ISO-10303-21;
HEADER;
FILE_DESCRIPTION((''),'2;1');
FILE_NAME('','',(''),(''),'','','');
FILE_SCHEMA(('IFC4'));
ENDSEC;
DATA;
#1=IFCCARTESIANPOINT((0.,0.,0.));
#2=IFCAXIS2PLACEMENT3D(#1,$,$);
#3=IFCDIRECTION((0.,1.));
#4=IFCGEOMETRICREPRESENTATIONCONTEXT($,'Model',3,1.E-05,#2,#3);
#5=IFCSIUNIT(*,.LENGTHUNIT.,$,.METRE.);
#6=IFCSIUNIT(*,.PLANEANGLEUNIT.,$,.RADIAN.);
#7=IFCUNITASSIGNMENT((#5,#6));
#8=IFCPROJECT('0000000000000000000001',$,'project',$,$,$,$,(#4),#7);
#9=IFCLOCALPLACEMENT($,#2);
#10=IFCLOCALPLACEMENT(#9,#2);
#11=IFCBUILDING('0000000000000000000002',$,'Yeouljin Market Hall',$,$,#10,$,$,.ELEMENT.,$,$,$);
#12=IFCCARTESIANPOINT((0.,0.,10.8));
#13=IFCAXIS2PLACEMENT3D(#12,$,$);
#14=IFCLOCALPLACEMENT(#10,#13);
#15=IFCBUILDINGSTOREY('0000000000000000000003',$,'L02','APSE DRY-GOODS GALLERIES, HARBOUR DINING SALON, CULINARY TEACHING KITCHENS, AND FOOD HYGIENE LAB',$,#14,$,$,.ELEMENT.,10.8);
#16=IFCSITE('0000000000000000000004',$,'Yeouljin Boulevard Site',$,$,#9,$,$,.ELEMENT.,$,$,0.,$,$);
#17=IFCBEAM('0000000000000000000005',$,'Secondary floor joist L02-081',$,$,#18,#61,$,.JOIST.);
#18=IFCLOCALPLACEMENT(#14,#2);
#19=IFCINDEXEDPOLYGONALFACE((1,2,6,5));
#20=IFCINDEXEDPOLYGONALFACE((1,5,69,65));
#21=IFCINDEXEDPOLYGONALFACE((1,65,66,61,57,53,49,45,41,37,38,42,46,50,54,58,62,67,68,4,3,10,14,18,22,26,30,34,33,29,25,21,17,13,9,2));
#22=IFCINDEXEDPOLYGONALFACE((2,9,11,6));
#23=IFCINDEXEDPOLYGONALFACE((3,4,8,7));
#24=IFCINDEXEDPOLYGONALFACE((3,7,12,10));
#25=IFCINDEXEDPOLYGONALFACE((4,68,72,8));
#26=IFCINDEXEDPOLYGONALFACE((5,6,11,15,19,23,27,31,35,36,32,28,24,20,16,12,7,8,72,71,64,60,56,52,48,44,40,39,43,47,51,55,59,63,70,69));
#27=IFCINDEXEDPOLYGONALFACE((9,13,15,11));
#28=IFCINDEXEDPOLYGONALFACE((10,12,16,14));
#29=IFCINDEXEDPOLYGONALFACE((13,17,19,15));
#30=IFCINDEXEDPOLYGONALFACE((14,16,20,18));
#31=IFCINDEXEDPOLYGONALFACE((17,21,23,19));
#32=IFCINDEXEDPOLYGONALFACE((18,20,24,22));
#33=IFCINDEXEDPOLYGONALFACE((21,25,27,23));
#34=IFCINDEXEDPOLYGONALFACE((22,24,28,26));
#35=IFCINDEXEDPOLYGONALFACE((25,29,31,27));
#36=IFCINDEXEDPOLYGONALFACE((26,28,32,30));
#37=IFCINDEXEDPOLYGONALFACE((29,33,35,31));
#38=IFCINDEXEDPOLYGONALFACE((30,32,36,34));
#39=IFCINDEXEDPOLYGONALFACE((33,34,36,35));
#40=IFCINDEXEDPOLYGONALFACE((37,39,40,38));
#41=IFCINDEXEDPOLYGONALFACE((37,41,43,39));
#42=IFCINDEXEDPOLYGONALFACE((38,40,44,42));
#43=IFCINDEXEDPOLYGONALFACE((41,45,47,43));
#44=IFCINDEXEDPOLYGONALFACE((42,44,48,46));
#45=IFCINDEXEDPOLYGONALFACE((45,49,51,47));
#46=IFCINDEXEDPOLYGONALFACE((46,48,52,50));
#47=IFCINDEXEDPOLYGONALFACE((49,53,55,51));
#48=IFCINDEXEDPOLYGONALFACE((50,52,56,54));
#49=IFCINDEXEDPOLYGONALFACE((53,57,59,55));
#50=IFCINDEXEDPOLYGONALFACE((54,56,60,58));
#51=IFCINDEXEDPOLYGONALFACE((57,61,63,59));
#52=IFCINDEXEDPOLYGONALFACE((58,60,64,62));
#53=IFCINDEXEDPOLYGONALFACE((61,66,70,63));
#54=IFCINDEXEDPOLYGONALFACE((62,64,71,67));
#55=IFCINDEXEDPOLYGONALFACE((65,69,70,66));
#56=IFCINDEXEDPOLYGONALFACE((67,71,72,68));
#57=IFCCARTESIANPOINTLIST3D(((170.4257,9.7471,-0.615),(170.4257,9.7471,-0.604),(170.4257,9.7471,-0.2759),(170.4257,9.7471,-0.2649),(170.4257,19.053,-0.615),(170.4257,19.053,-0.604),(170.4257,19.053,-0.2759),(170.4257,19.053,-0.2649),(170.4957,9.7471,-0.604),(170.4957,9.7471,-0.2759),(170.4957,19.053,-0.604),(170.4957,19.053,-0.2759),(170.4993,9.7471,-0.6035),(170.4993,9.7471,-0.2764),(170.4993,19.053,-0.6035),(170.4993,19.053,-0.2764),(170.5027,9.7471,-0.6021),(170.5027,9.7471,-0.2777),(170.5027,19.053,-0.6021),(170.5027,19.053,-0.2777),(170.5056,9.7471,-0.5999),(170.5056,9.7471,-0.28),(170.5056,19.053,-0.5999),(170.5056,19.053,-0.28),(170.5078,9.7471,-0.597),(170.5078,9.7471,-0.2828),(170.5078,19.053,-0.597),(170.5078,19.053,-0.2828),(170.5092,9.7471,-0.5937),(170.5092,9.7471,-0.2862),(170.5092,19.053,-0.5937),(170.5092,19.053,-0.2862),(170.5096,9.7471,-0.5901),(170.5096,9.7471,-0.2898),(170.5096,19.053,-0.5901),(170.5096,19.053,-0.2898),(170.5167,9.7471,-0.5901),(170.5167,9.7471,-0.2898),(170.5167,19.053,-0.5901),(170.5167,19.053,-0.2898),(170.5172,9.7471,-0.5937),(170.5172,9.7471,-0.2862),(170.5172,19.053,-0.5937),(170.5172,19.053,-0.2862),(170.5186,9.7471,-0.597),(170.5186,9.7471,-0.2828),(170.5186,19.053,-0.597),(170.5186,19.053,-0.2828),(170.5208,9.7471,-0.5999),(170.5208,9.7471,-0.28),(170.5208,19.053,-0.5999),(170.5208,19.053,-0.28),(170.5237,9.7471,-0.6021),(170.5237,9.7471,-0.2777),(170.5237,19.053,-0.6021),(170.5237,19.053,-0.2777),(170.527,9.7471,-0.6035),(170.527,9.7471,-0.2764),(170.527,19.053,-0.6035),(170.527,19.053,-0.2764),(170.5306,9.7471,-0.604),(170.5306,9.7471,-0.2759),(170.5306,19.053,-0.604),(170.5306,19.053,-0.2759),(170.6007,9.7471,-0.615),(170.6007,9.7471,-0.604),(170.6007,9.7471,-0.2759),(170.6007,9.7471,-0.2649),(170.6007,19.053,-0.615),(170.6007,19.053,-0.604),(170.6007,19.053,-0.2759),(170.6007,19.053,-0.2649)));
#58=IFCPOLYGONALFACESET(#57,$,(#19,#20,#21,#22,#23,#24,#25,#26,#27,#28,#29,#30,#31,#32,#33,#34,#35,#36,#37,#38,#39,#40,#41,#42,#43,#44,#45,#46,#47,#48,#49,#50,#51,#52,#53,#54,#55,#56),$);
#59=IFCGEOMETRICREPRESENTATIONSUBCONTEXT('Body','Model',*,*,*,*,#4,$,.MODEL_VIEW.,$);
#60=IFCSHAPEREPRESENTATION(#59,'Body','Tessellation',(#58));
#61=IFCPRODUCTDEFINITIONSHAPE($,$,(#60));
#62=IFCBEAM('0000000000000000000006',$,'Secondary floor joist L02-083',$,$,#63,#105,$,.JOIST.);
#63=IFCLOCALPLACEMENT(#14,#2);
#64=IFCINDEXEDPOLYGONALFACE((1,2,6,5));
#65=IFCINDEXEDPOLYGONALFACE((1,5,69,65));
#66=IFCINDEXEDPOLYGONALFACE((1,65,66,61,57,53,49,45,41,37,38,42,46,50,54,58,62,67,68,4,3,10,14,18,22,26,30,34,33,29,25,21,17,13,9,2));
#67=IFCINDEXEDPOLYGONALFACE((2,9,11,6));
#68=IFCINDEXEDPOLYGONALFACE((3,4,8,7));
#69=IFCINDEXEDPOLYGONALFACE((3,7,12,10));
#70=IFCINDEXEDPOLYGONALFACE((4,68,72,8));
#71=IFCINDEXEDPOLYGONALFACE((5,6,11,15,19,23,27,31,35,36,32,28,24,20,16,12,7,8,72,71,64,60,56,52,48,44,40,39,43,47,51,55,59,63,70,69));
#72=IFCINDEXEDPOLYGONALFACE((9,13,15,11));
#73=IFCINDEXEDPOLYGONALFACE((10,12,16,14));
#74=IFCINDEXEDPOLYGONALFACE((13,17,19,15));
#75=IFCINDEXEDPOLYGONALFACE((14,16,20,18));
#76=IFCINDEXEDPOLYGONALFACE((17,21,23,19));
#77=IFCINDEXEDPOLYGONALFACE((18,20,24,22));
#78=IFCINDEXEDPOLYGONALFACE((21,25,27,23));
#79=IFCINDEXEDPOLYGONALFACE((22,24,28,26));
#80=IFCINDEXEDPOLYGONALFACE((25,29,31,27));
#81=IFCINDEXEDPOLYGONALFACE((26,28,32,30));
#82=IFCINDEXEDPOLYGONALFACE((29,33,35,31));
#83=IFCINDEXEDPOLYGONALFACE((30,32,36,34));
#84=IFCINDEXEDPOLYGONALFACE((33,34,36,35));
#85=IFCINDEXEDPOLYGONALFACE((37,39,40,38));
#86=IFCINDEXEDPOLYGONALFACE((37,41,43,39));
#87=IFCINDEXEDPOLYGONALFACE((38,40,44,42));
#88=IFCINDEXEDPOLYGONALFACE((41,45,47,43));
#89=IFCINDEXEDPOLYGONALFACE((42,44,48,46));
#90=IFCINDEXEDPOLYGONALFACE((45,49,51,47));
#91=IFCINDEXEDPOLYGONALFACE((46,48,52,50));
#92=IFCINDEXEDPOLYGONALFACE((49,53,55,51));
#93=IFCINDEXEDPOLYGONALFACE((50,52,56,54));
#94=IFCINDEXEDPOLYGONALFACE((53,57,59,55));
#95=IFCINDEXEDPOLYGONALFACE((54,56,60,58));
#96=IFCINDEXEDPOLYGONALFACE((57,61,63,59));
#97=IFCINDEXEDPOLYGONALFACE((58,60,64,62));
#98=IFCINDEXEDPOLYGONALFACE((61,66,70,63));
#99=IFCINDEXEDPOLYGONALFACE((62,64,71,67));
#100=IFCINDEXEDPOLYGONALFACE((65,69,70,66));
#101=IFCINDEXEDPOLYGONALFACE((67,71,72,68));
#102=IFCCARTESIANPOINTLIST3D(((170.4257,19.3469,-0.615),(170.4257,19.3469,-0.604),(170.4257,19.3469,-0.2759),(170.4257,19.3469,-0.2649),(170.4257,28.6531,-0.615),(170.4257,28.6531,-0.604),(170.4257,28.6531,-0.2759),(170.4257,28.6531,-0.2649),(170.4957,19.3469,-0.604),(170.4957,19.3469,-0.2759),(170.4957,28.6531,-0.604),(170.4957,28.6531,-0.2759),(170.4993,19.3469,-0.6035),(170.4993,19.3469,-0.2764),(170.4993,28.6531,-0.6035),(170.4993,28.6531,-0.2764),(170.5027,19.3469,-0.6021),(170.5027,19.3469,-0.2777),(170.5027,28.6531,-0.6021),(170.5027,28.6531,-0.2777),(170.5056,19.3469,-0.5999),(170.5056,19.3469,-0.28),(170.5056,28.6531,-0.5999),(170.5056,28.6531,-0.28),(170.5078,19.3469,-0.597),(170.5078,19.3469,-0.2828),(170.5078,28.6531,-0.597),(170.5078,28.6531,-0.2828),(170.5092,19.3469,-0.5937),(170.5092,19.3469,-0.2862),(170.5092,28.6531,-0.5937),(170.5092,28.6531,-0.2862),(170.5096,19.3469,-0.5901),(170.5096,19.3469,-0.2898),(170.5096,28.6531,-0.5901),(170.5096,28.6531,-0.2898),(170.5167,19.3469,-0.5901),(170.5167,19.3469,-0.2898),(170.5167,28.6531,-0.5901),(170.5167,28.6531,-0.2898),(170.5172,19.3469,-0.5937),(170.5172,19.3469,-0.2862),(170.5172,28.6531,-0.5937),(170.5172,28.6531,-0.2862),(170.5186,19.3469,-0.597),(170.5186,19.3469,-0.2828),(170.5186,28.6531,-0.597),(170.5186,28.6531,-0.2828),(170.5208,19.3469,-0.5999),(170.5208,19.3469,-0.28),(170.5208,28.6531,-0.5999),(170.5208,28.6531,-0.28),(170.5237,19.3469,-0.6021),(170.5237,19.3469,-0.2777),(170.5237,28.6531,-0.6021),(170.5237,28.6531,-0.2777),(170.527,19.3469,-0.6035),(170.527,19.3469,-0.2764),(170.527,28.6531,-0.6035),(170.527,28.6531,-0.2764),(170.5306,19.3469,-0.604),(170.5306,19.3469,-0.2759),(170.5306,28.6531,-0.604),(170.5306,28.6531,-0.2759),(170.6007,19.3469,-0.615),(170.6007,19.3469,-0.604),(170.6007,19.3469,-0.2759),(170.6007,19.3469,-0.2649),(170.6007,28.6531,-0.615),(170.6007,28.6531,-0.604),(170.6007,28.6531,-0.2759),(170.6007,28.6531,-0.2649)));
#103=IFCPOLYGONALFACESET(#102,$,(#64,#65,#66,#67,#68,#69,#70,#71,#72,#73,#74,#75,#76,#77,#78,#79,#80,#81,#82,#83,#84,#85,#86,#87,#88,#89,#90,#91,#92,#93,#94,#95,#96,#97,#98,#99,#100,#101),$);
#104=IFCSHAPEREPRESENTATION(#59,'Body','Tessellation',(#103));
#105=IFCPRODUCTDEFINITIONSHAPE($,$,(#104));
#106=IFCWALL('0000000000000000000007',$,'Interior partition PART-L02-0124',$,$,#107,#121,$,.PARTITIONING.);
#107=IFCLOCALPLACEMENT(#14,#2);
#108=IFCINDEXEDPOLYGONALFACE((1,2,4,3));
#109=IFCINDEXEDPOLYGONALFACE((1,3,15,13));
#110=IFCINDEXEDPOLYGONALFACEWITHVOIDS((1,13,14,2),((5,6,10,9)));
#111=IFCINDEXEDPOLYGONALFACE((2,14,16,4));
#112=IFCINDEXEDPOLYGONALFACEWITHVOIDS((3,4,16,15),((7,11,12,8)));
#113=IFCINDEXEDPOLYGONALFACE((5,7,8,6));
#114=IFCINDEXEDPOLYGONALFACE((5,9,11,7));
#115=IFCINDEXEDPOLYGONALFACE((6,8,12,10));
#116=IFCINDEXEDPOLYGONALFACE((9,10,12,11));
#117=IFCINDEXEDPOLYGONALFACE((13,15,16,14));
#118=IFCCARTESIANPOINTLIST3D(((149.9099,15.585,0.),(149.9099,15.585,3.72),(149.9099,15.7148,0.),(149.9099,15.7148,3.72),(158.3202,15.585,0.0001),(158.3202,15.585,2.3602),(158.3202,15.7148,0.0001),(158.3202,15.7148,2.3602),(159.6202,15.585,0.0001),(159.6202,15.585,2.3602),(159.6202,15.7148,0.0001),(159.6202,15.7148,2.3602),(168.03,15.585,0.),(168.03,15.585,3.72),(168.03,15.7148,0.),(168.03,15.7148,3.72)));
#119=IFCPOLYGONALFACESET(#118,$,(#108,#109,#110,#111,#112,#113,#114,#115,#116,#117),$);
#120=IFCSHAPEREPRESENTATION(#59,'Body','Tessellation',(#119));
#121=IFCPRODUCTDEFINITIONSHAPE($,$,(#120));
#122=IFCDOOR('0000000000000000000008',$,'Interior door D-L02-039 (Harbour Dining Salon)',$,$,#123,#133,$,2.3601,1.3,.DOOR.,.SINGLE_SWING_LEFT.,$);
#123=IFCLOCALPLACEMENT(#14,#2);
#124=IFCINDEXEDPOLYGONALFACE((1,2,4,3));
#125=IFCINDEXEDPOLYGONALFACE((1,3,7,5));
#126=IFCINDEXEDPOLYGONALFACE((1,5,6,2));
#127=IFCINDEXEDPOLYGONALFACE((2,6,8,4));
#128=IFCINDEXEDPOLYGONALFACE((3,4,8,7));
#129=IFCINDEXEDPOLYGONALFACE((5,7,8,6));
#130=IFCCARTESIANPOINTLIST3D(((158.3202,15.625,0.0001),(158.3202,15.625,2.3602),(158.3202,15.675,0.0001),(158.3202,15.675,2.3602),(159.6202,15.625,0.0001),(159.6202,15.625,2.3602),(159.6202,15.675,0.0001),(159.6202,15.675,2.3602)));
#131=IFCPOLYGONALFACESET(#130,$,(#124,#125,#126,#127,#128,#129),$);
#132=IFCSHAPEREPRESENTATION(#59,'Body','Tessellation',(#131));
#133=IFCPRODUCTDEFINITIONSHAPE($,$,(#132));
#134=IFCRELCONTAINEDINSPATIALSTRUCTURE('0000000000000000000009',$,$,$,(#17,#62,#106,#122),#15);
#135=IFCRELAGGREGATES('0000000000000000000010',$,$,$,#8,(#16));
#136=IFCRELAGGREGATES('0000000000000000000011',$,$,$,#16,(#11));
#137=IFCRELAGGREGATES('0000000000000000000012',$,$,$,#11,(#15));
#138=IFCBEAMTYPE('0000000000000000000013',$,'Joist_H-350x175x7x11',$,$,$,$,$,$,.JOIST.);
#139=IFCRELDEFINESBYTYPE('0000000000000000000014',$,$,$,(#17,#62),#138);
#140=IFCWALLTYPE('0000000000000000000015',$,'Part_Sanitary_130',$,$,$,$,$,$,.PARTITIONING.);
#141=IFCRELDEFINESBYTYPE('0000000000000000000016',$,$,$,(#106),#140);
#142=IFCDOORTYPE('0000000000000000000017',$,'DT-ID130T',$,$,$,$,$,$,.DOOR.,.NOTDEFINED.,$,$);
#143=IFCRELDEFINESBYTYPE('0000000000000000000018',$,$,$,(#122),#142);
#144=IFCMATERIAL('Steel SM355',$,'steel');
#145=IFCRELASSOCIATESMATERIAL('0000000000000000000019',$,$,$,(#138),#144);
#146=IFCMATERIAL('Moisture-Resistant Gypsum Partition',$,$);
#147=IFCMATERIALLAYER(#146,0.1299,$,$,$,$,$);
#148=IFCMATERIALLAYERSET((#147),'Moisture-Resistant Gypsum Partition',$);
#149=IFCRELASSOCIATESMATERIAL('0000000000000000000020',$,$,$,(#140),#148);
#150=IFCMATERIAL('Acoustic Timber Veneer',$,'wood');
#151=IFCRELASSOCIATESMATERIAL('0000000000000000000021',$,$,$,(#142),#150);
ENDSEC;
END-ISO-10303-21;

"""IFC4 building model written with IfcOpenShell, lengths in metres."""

from ifc_helpers import new_model, si_unit, direction, frame, frame_2d, origin, origin_2d, place, context, subcontext, project, spatial, rectangle, i_section, extrude, material, layer, layer_set, material_profile, profile_set, type_object, element, fill, save


model = new_model("IFC4")

# Units and contexts
model_context = context("Model", 3, precision=1e-05, world=origin(), true_north=direction((0.0, 1.0)))
body_context = subcontext(model_context, "Body", "Model", "MODEL_VIEW")
ifc_project = project(units=[si_unit("LENGTHUNIT", "METRE"), si_unit("PLANEANGLEUNIT", "RADIAN")], contexts=[model_context])

# Site, building, storey
site_placement = place(None, origin())
site = spatial("IfcSite", under=ifc_project, at=site_placement, Name="Yeouljin Boulevard Site", CompositionType="ELEMENT", RefElevation=0.0)
building_placement = place(site_placement, origin())
building = spatial("IfcBuilding", under=site, at=building_placement, Name="Yeouljin Market Hall", CompositionType="ELEMENT")
storey_placement = place(building_placement, frame((0.0, 0.0, 10.8)))
storey = spatial("IfcBuildingStorey", under=building, at=storey_placement, Name="L02", Description="APSE DRY-GOODS GALLERIES, HARBOUR DINING SALON, CULINARY TEACHING KITCHENS, AND FOOD HYGIENE LAB", CompositionType="ELEMENT", Elevation=10.8)

# Beams
ifc_material_1 = material(Name="Steel SM355", Category="steel")
ifc_material_profile_1 = material_profile(ifc_material_1, i_section(OverallWidth=0.175, OverallDepth=0.3501, WebThickness=0.0071, FlangeThickness=0.011, FilletRadius=0.0139, at=origin_2d()), Name="H-350x175x7x11")
ifc_profile_set_1 = profile_set([ifc_material_profile_1], Name="Steel SM355")
beam_type_1 = type_object("IfcBeamType", Name="Joist_H-350x175x7x11", PredefinedType="JOIST", material=ifc_profile_set_1)
for number, where, z_axis, x_axis, name in (
    (1, (170.5132, 9.7471, -0.4399), (0.0, 1.0, 0.0), (-1.0, 0.0, 0.0), "Secondary floor joist L02-081"),
):
    element("IfcBeam", number, at=place(storey_placement, frame(where, z_axis=z_axis, x_axis=x_axis)), inside=storey, type_object=beam_type_1, Name=name, PredefinedType="JOIST", context=body_context, shape_type="SweptSolid", body=[
        extrude(i_section(OverallWidth=0.175, OverallDepth=0.3501, WebThickness=0.0071, FlangeThickness=0.011, FilletRadius=0.0139, at=origin_2d()), origin(), (0.0, 0.0, 1.0), 9.3059),
    ])
beam_1_placement = place(storey_placement, frame((170.5132, 19.3469, -0.4399), z_axis=(0.0, 1.0, 0.0), x_axis=(-1.0, 0.0, 0.0)))
element("IfcBeam", 2, at=beam_1_placement, inside=storey, type_object=beam_type_1, Name="Secondary floor joist L02-083", PredefinedType="JOIST", context=body_context, shape_type="SweptSolid", body=[
    extrude(i_section(OverallWidth=0.175, OverallDepth=0.3501, WebThickness=0.0071, FlangeThickness=0.011, FilletRadius=0.0139, at=origin_2d()), origin(), (0.0, 0.0, 1.0), 9.3062),
])

# Wall, opening, door
ifc_material_2 = material(Name="Moisture-Resistant Gypsum Partition")
ifc_layer_1 = layer(ifc_material_2, 0.1299)
ifc_layer_set_1 = layer_set([ifc_layer_1], Name="Moisture-Resistant Gypsum Partition")
wall_type = type_object("IfcWallType", Name="Part_Sanitary_130", PredefinedType="PARTITIONING", material=ifc_layer_set_1)
wall_placement = place(storey_placement, frame((168.03, 15.6499, 0.0), z_axis=(0.0, 0.0, 1.0), x_axis=(-1.0, 0.0, 0.0)))
wall = element("IfcWall", 3, at=wall_placement, inside=storey, type_object=wall_type, Name="Interior partition PART-L02-0124", PredefinedType="PARTITIONING", context=body_context, shape_type="SweptSolid", body=[
    extrude(rectangle(XDim=18.1201, YDim=0.1299, at=frame_2d((9.0601, 0.0))), origin(), (0.0, 0.0, 1.0), 3.72),
])
opening_placement = place(wall_placement, frame((8.4099, 0.0, 0.0)))
opening = element("IfcOpeningElement", 4, at=opening_placement, cuts=wall, PredefinedType="OPENING", context=body_context, shape_type="SweptSolid", body=[
    extrude(rectangle(XDim=1.3, YDim=2.3601, at=frame_2d((0.6499, 1.1802))), frame((0.0, 0.075, 0.0), z_axis=(0.0, -1.0, 0.0), x_axis=(1.0, 0.0, 0.0)), (0.0, 0.0, 1.0), 0.1499),
])
ifc_material_3 = material(Name="Acoustic Timber Veneer", Category="wood")
door_type = type_object("IfcDoorType", Name="DT-ID130T", OperationType="NOTDEFINED", PredefinedType="DOOR", material=ifc_material_3)
door_placement = place(opening_placement, origin())
door = element("IfcDoor", 5, at=door_placement, inside=storey, type_object=door_type, Name="Interior door D-L02-039 (Harbour Dining Salon)", OperationType="SINGLE_SWING_LEFT", OverallHeight=2.3601, OverallWidth=1.3, PredefinedType="DOOR", context=body_context, shape_type="SweptSolid", body=[
    extrude(rectangle(XDim=1.3, YDim=2.3601, at=frame_2d((0.6499, 1.1802))), frame((0.0, 0.0249, 0.0), z_axis=(0.0, -1.0, 0.0), x_axis=(1.0, 0.0, 0.0)), (0.0, 0.0, 1.0), 0.05),
])
fill(opening, door)

save(model, "model.ifc")
